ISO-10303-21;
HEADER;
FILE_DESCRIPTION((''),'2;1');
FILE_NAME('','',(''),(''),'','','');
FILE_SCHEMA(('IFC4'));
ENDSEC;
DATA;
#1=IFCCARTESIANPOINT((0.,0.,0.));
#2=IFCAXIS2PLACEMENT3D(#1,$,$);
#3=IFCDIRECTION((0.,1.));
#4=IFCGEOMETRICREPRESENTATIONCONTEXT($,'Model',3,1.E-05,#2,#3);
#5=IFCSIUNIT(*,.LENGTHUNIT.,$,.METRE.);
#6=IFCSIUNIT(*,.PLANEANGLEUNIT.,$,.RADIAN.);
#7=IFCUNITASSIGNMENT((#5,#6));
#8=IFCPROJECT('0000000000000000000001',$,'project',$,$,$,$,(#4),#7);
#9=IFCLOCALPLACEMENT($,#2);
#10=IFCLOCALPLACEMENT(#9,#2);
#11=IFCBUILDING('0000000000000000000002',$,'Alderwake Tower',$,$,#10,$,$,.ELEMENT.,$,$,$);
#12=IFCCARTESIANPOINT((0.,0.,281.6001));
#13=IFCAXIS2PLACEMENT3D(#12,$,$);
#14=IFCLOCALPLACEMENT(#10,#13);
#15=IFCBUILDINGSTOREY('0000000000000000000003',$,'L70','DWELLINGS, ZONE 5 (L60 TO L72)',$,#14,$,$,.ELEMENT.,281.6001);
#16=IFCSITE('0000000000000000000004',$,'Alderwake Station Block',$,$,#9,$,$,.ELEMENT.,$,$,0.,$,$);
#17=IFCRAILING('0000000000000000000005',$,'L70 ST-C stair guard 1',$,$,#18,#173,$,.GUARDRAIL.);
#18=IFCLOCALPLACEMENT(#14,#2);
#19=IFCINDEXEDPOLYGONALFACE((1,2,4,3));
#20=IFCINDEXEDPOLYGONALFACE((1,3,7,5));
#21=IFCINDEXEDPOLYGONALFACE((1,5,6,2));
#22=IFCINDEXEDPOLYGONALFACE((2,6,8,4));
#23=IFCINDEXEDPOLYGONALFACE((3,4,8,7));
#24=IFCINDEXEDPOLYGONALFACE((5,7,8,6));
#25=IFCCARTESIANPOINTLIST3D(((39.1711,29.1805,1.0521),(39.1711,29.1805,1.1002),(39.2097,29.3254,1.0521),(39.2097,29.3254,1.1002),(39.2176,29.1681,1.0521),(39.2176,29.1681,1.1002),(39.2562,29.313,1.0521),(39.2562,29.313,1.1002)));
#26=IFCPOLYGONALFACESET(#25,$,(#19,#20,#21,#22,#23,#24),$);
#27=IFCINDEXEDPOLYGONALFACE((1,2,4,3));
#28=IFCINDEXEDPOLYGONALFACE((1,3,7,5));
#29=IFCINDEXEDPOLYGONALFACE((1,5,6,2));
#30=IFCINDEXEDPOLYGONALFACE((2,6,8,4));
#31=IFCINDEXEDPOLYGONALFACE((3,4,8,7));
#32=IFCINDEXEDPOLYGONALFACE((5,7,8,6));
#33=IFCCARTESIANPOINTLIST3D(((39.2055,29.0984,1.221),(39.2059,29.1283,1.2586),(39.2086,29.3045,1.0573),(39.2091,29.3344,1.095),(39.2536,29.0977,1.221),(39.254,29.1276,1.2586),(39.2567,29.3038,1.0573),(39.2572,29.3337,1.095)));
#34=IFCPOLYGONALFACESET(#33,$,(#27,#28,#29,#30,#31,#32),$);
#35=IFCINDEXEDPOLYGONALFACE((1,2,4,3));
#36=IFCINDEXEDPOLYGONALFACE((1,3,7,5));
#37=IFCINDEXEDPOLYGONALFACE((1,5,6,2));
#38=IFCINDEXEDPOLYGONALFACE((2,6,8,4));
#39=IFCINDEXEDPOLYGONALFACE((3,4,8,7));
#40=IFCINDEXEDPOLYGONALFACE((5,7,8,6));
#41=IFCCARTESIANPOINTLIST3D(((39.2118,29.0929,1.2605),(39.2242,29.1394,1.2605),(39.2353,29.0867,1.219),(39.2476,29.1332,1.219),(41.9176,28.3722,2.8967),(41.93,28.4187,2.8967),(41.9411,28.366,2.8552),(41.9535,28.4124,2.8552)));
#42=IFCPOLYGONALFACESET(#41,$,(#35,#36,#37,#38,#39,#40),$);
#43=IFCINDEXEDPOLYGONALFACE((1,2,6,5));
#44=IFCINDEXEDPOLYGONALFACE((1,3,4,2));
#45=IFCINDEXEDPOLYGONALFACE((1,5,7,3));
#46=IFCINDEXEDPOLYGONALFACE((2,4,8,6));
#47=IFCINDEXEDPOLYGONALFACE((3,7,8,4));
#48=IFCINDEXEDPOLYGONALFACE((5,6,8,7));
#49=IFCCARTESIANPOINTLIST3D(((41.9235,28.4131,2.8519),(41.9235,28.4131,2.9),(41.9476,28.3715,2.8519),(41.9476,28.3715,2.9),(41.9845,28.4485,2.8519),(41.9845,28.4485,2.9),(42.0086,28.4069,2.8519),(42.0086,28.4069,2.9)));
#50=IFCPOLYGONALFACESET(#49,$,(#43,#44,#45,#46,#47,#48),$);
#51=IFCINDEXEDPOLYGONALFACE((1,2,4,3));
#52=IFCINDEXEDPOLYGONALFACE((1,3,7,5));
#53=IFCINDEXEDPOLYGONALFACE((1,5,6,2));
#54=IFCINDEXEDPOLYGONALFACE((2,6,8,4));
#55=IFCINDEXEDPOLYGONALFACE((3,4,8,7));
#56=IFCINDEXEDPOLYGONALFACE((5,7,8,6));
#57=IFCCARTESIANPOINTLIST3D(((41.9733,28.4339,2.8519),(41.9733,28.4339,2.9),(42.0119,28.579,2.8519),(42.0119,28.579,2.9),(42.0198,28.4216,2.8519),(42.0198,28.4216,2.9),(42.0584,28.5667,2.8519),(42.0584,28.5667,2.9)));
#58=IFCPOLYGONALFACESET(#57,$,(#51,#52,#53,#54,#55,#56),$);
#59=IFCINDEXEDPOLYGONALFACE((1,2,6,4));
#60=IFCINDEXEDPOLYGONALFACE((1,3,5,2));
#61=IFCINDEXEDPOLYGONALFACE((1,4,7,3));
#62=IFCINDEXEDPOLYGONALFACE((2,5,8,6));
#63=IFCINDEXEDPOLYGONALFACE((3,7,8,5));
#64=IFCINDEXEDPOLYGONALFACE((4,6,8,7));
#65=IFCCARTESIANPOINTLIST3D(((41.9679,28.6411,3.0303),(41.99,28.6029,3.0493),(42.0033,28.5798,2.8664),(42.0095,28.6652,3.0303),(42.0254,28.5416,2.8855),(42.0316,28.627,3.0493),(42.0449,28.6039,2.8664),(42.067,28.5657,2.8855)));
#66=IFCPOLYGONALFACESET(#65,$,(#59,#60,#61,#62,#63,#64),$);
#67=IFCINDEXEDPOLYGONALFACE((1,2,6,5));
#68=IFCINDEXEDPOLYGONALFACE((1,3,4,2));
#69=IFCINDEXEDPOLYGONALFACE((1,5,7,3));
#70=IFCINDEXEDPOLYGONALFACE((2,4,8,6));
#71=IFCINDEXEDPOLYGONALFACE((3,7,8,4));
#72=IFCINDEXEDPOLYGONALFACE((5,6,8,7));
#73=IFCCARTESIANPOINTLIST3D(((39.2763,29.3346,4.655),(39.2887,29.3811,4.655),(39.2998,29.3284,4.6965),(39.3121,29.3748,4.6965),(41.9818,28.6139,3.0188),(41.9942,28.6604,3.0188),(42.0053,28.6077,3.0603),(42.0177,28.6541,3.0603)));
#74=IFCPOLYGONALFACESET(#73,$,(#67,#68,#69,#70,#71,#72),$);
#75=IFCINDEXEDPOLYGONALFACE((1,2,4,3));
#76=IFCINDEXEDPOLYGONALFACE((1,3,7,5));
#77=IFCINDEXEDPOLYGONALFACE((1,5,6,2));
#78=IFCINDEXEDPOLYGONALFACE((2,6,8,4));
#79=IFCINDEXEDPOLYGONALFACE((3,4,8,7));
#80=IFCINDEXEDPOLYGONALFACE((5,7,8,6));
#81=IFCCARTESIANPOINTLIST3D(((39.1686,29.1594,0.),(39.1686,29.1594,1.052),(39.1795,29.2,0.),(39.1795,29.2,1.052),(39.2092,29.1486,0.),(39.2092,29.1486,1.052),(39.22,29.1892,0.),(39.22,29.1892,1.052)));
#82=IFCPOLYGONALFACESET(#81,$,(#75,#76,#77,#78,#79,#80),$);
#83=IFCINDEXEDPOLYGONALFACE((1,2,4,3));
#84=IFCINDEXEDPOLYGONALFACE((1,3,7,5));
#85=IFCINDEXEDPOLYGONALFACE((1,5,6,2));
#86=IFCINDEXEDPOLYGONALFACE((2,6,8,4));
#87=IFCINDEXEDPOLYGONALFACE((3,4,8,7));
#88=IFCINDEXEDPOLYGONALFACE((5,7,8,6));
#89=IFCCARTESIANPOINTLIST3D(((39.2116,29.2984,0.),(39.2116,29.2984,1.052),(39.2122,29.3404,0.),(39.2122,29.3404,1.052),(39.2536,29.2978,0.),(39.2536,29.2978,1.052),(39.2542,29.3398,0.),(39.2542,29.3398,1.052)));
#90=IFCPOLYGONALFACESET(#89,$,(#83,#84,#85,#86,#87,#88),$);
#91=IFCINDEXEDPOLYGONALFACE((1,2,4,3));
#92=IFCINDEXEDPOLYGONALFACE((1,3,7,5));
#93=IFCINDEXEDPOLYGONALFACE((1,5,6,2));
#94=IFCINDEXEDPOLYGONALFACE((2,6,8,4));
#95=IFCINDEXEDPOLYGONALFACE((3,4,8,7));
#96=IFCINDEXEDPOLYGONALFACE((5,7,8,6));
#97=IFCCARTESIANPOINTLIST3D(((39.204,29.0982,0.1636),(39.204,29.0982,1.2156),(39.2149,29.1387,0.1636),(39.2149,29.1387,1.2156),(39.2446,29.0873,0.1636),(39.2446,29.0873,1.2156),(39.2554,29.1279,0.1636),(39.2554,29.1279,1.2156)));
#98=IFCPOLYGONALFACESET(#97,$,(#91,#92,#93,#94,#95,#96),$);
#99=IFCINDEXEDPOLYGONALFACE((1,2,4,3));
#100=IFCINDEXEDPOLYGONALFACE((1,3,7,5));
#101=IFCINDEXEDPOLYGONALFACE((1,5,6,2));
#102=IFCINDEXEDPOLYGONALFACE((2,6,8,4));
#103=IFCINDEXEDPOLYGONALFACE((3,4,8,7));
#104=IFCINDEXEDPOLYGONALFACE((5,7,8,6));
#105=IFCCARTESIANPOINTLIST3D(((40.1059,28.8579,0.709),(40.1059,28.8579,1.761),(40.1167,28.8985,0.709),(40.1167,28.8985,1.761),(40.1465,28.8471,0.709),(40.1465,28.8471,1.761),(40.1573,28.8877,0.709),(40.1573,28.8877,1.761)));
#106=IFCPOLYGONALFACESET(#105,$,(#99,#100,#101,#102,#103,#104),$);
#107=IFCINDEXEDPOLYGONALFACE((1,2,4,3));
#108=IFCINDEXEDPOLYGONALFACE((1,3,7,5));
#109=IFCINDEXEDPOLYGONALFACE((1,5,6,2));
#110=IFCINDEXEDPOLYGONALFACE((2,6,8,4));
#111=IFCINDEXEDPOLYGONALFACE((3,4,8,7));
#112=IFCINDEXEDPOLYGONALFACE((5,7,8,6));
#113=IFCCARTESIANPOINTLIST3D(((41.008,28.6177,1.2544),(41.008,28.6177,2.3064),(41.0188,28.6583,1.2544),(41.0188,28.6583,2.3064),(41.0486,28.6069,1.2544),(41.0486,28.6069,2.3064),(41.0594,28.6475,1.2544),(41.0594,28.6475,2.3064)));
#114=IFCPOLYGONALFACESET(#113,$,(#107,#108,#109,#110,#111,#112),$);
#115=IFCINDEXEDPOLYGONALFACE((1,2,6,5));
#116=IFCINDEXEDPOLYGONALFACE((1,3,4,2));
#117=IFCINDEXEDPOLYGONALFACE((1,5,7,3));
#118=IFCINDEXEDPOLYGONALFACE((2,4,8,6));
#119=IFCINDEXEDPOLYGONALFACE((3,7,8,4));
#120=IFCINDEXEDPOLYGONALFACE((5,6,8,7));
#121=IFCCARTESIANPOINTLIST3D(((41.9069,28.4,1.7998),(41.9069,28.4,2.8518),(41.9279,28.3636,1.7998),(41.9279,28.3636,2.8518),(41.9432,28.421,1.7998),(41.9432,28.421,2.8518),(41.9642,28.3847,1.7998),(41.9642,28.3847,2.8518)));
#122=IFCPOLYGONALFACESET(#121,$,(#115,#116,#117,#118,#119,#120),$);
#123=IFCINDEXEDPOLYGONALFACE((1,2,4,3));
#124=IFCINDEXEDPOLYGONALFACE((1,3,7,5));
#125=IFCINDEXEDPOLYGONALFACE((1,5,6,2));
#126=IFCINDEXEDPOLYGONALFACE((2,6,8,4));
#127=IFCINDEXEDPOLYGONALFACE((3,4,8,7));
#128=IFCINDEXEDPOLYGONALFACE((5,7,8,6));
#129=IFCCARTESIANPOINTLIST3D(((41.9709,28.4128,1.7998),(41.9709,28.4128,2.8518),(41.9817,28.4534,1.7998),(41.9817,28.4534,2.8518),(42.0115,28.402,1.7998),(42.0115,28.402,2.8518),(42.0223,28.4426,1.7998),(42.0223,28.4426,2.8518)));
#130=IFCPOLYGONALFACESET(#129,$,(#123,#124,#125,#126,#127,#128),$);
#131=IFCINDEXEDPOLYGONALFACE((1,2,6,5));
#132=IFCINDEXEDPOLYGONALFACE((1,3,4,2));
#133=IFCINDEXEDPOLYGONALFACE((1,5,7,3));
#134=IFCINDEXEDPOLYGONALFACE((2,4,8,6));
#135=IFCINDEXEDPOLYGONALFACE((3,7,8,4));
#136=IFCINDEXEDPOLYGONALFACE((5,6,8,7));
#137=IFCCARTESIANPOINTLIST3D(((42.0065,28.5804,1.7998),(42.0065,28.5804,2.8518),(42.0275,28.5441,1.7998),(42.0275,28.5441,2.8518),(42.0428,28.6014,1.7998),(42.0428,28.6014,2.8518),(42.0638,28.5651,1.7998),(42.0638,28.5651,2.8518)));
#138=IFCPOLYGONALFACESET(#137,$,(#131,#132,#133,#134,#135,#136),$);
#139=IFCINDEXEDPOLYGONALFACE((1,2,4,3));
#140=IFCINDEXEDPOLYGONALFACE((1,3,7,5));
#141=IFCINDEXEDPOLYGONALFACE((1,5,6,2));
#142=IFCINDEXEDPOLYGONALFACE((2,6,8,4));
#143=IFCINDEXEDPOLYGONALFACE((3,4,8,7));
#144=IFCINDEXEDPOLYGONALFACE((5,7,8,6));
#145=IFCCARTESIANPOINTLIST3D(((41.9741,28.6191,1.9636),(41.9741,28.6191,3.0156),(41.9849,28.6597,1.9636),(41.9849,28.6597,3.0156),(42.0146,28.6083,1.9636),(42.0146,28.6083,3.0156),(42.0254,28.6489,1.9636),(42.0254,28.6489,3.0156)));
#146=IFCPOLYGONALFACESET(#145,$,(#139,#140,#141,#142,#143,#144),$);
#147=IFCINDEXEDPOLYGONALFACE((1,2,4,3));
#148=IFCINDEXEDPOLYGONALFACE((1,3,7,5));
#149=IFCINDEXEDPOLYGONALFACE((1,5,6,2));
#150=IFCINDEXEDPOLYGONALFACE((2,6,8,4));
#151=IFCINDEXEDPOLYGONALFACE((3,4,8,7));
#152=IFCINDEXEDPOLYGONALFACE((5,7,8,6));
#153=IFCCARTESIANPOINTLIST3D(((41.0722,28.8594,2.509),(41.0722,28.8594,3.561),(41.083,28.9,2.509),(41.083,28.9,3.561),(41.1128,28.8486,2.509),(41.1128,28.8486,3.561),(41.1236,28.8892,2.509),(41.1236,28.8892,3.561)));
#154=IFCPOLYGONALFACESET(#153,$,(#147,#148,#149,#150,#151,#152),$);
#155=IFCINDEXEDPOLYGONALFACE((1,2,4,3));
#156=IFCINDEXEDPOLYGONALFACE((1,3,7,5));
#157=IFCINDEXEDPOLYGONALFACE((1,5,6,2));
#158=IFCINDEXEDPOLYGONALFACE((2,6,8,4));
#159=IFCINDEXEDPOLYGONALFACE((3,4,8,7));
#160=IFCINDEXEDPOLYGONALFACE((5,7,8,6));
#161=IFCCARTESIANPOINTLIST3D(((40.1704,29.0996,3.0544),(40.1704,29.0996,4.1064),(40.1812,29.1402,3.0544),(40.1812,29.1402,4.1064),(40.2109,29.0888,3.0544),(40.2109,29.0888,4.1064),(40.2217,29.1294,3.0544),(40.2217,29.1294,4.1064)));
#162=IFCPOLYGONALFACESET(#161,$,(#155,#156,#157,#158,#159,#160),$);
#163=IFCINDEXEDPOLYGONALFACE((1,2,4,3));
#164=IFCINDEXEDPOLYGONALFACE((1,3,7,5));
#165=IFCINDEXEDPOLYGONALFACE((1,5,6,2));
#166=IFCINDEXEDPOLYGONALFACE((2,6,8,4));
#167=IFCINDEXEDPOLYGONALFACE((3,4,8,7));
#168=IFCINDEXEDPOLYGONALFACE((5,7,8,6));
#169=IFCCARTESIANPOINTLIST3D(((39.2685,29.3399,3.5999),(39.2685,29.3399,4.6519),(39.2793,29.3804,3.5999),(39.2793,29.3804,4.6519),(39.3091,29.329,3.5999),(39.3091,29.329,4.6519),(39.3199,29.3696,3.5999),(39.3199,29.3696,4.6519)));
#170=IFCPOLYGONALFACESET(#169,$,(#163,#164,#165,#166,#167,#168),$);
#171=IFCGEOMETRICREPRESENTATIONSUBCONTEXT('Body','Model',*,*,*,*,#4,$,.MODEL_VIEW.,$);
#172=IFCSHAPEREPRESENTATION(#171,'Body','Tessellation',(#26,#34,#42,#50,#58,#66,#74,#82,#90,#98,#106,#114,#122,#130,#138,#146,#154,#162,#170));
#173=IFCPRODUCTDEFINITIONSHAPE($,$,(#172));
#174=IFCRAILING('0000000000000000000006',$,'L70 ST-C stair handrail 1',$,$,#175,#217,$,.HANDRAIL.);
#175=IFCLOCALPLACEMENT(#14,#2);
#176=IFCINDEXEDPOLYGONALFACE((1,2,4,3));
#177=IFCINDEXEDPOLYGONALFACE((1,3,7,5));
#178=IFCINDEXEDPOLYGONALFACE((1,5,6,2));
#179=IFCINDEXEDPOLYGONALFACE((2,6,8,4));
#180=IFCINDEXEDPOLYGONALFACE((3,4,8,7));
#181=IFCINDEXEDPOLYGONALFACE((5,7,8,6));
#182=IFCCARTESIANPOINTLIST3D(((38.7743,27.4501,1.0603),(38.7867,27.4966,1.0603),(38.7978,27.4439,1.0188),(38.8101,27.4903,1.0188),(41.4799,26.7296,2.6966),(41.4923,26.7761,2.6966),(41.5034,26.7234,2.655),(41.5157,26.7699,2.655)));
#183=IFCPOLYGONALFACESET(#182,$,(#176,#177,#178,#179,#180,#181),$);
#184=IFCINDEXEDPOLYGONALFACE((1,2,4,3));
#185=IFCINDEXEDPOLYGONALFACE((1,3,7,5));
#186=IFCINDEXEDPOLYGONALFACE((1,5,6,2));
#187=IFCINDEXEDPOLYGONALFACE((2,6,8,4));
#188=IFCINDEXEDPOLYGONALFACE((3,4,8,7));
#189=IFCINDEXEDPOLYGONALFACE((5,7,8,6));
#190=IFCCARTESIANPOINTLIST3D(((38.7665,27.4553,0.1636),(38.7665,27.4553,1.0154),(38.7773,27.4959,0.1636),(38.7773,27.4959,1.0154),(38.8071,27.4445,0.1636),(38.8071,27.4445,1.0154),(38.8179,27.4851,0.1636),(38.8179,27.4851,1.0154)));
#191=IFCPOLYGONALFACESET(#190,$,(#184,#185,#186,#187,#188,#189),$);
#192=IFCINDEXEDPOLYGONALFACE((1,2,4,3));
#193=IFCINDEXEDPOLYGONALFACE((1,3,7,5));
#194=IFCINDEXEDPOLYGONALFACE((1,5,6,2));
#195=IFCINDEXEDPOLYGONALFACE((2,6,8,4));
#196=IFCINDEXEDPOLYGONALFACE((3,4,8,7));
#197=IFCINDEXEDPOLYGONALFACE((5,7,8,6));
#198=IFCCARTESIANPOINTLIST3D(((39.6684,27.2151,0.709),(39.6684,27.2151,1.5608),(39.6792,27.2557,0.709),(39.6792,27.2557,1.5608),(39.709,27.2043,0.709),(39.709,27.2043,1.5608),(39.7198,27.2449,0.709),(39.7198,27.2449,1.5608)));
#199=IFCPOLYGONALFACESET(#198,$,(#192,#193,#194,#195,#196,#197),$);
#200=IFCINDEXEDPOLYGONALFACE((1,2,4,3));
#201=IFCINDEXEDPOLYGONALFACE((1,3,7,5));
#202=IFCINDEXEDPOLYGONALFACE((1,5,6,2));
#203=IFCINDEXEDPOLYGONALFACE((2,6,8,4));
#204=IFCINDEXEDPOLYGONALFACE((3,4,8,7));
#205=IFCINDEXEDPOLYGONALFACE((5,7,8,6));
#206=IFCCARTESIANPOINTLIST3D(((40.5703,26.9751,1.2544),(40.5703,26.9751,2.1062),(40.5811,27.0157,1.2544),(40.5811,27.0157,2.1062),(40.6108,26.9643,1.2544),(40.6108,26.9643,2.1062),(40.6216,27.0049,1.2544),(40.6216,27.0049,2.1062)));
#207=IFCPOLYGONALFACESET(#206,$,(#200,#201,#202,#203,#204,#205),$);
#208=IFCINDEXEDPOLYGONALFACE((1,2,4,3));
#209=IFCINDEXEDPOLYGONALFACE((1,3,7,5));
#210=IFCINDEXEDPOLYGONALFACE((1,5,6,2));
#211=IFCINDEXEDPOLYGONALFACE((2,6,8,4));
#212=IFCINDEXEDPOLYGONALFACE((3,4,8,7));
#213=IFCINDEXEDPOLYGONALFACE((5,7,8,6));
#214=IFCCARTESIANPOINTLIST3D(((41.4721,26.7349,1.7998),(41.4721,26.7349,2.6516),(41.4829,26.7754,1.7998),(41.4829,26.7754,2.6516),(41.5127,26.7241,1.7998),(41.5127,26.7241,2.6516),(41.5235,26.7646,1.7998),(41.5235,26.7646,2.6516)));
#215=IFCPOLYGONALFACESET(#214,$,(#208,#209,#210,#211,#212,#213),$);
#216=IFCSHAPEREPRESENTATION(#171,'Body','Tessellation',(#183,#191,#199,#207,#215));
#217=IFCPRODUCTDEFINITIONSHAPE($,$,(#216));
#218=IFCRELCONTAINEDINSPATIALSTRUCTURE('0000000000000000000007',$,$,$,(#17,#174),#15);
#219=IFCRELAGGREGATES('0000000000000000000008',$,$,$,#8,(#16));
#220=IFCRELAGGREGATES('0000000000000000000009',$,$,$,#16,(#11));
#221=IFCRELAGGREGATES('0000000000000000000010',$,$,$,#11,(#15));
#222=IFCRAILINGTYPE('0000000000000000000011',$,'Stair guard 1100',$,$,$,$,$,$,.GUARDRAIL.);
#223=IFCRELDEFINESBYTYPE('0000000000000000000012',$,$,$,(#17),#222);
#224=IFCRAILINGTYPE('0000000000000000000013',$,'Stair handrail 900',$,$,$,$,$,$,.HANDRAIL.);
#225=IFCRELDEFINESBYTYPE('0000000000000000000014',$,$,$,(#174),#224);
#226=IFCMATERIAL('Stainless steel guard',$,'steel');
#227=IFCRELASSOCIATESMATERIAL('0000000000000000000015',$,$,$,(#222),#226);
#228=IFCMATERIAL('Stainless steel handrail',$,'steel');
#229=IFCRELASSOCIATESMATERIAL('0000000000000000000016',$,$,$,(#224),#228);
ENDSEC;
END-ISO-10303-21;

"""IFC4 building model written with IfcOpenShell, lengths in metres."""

from ifc_helpers import new_model, si_unit, direction, frame, origin, origin_2d, place, context, subcontext, project, spatial, rectangle, extrude, material, type_object, element, save


model = new_model("IFC4")

# Units and contexts
model_context = context("Model", 3, precision=1e-05, world=origin(), true_north=direction((0.0, 1.0)))
body_context = subcontext(model_context, "Body", "Model", "MODEL_VIEW")
ifc_project = project(units=[si_unit("LENGTHUNIT", "METRE"), si_unit("PLANEANGLEUNIT", "RADIAN")], contexts=[model_context])

# Site, building, storey
site_placement = place(None, origin())
site = spatial("IfcSite", under=ifc_project, at=site_placement, Name="Alderwake Station Block", CompositionType="ELEMENT", RefElevation=0.0)
building_placement = place(site_placement, origin())
building = spatial("IfcBuilding", under=site, at=building_placement, Name="Alderwake Tower", CompositionType="ELEMENT")
storey_placement = place(building_placement, frame((0.0, 0.0, 281.6001)))
storey = spatial("IfcBuildingStorey", under=building, at=storey_placement, Name="L70", Description="DWELLINGS, ZONE 5 (L60 TO L72)", CompositionType="ELEMENT", Elevation=281.6001)

# Railings
ifc_material_1 = material(Name="Stainless steel guard", Category="steel")
railing_type_1 = type_object("IfcRailingType", Name="Stair guard 1100", PredefinedType="GUARDRAIL", material=ifc_material_1)
railing_1_placement = place(storey_placement, frame((39.1943, 29.1743, 0.0)))
element("IfcRailing", 1, at=railing_1_placement, inside=storey, type_object=railing_type_1, Name="L70 ST-C stair guard 1", PredefinedType="GUARDRAIL", context=body_context, shape_type="SweptSolid", body=[
    extrude(rectangle(XDim=0.0481, YDim=0.0481, at=origin_2d()), frame((0.0, 0.0, 1.0762), z_axis=(0.25746, 0.966289, 0.0), x_axis=(-0.966289, 0.25746, 0.0)), (0.0, 0.0, 1.0), 0.1499),
    extrude(rectangle(XDim=0.0481, YDim=0.0481, at=origin_2d()), frame((0.0386, 0.1448, 1.0762), z_axis=(-0.012063, -0.78316, 0.621703), x_axis=(0.999881, -0.015401, 0.0)), (0.0, 0.0, 1.0), 0.2632),
    extrude(rectangle(XDim=0.0481, YDim=0.0481, at=origin_2d()), frame((0.0354, -0.0613, 1.2397), z_axis=(0.834314, -0.222223, 0.504518), x_axis=(0.25738, 0.96631, 0.0)), (0.0, 0.0, 1.0), 3.2432),
    extrude(rectangle(XDim=0.0481, YDim=0.0481, at=origin_2d()), frame((2.7412, -0.782, 2.876), z_axis=(0.865031, 0.501718, 0.0), x_axis=(-0.501718, 0.865031, 0.0)), (0.0, 0.0, 1.0), 0.0706),
    extrude(rectangle(XDim=0.0481, YDim=0.0481, at=origin_2d()), frame((2.8022, -0.7466, 2.876), z_axis=(0.257055, 0.966397, 0.0), x_axis=(-0.966397, 0.257055, 0.0)), (0.0, 0.0, 1.0), 0.1501),
    extrude(rectangle(XDim=0.0481, YDim=0.0481, at=origin_2d()), frame((2.8408, -0.6016, 2.876), z_axis=(-0.198376, 0.343395, 0.918001), x_axis=(-0.865898, -0.50022, 0.0)), (0.0, 0.0, 1.0), 0.1785),
    extrude(rectangle(XDim=0.0481, YDim=0.0481, at=origin_2d()), frame((2.8054, -0.5403, 3.0396), z_axis=(-0.834291, 0.222237, 0.504549), x_axis=(-0.257402, -0.966304, 0.0)), (0.0, 0.0, 1.0), 3.2429),
    extrude(rectangle(XDim=0.042, YDim=0.042, at=origin_2d()), frame((0.0, 0.0, 0.0), z_axis=(0.0, 0.0, 1.0), x_axis=(0.25746, 0.966289, 0.0)), (0.0, 0.0, 1.0), 1.052),
    extrude(rectangle(XDim=0.042, YDim=0.042, at=origin_2d()), frame((0.0386, 0.1448, 0.0), z_axis=(0.0, 0.0, 1.0), x_axis=(-0.015401, -0.999881, 0.0)), (0.0, 0.0, 1.0), 1.052),
    extrude(rectangle(XDim=0.042, YDim=0.042, at=origin_2d()), frame((0.0354, -0.0613, 0.1636), z_axis=(0.0, 0.0, 1.0), x_axis=(0.96631, -0.25738, 0.0)), (0.0, 0.0, 1.0), 1.052),
    extrude(rectangle(XDim=0.042, YDim=0.042, at=origin_2d()), frame((0.9373, -0.3015, 0.709), z_axis=(0.0, 0.0, 1.0), x_axis=(0.96631, -0.25738, 0.0)), (0.0, 0.0, 1.0), 1.052),
    extrude(rectangle(XDim=0.042, YDim=0.042, at=origin_2d()), frame((1.8394, -0.5417, 1.2544), z_axis=(0.0, 0.0, 1.0), x_axis=(0.96631, -0.25738, 0.0)), (0.0, 0.0, 1.0), 1.052),
    extrude(rectangle(XDim=0.042, YDim=0.042, at=origin_2d()), frame((2.7412, -0.782, 1.7998), z_axis=(0.0, 0.0, 1.0), x_axis=(0.865031, 0.501718, 0.0)), (0.0, 0.0, 1.0), 1.052),
    extrude(rectangle(XDim=0.042, YDim=0.042, at=origin_2d()), frame((2.8022, -0.7466, 1.7998), z_axis=(0.0, 0.0, 1.0), x_axis=(0.257055, 0.966397, 0.0)), (0.0, 0.0, 1.0), 1.052),
    extrude(rectangle(XDim=0.042, YDim=0.042, at=origin_2d()), frame((2.8408, -0.6016, 1.7998), z_axis=(0.0, 0.0, 1.0), x_axis=(-0.50022, 0.865898, 0.0)), (0.0, 0.0, 1.0), 1.052),
    extrude(rectangle(XDim=0.042, YDim=0.042, at=origin_2d()), frame((2.8054, -0.5403, 1.9636), z_axis=(0.0, 0.0, 1.0), x_axis=(-0.966304, 0.257402, 0.0)), (0.0, 0.0, 1.0), 1.052),
    extrude(rectangle(XDim=0.042, YDim=0.042, at=origin_2d()), frame((1.9036, -0.3, 2.509), z_axis=(0.0, 0.0, 1.0), x_axis=(-0.966304, 0.257402, 0.0)), (0.0, 0.0, 1.0), 1.052),
    extrude(rectangle(XDim=0.042, YDim=0.042, at=origin_2d()), frame((1.0017, -0.0598, 3.0544), z_axis=(0.0, 0.0, 1.0), x_axis=(-0.966304, 0.257402, 0.0)), (0.0, 0.0, 1.0), 1.052),
    extrude(rectangle(XDim=0.042, YDim=0.042, at=origin_2d()), frame((0.0999, 0.1804, 3.5999), z_axis=(0.0, 0.0, 1.0), x_axis=(-0.966304, 0.257402, 0.0)), (0.0, 0.0, 1.0), 1.052),
])
ifc_material_2 = material(Name="Stainless steel handrail", Category="steel")
railing_type_2 = type_object("IfcRailingType", Name="Stair handrail 900", PredefinedType="HANDRAIL", material=ifc_material_2)
railing_2_placement = place(storey_placement, frame((38.7922, 27.4702, 0.1636)))
element("IfcRailing", 2, at=railing_2_placement, inside=storey, type_object=railing_type_2, Name="L70 ST-C stair handrail 1", PredefinedType="HANDRAIL", context=body_context, shape_type="SweptSolid", body=[
    extrude(rectangle(XDim=0.0481, YDim=0.0481, at=origin_2d()), frame((0.0, 0.0, 0.876), z_axis=(0.834305, -0.222165, 0.504558), x_axis=(0.257321, 0.966326, 0.0)), (0.0, 0.0, 1.0), 3.2429),
    extrude(rectangle(XDim=0.042, YDim=0.042, at=origin_2d()), frame((0.0, 0.0, 0.0), z_axis=(0.0, 0.0, 1.0), x_axis=(0.966326, -0.257321, 0.0)), (0.0, 0.0, 1.0), 0.8518),
    extrude(rectangle(XDim=0.042, YDim=0.042, at=origin_2d()), frame((0.9019, -0.2402, 0.5454), z_axis=(0.0, 0.0, 1.0), x_axis=(0.966326, -0.257321, 0.0)), (0.0, 0.0, 1.0), 0.8518),
    extrude(rectangle(XDim=0.042, YDim=0.042, at=origin_2d()), frame((1.8037, -0.4802, 1.0908), z_axis=(0.0, 0.0, 1.0), x_axis=(0.966326, -0.257321, 0.0)), (0.0, 0.0, 1.0), 0.8518),
    extrude(rectangle(XDim=0.042, YDim=0.042, at=origin_2d()), frame((2.7056, -0.7205, 1.6362), z_axis=(0.0, 0.0, 1.0), x_axis=(0.966326, -0.257321, 0.0)), (0.0, 0.0, 1.0), 0.8518),
])

save(model, "model.ifc")
